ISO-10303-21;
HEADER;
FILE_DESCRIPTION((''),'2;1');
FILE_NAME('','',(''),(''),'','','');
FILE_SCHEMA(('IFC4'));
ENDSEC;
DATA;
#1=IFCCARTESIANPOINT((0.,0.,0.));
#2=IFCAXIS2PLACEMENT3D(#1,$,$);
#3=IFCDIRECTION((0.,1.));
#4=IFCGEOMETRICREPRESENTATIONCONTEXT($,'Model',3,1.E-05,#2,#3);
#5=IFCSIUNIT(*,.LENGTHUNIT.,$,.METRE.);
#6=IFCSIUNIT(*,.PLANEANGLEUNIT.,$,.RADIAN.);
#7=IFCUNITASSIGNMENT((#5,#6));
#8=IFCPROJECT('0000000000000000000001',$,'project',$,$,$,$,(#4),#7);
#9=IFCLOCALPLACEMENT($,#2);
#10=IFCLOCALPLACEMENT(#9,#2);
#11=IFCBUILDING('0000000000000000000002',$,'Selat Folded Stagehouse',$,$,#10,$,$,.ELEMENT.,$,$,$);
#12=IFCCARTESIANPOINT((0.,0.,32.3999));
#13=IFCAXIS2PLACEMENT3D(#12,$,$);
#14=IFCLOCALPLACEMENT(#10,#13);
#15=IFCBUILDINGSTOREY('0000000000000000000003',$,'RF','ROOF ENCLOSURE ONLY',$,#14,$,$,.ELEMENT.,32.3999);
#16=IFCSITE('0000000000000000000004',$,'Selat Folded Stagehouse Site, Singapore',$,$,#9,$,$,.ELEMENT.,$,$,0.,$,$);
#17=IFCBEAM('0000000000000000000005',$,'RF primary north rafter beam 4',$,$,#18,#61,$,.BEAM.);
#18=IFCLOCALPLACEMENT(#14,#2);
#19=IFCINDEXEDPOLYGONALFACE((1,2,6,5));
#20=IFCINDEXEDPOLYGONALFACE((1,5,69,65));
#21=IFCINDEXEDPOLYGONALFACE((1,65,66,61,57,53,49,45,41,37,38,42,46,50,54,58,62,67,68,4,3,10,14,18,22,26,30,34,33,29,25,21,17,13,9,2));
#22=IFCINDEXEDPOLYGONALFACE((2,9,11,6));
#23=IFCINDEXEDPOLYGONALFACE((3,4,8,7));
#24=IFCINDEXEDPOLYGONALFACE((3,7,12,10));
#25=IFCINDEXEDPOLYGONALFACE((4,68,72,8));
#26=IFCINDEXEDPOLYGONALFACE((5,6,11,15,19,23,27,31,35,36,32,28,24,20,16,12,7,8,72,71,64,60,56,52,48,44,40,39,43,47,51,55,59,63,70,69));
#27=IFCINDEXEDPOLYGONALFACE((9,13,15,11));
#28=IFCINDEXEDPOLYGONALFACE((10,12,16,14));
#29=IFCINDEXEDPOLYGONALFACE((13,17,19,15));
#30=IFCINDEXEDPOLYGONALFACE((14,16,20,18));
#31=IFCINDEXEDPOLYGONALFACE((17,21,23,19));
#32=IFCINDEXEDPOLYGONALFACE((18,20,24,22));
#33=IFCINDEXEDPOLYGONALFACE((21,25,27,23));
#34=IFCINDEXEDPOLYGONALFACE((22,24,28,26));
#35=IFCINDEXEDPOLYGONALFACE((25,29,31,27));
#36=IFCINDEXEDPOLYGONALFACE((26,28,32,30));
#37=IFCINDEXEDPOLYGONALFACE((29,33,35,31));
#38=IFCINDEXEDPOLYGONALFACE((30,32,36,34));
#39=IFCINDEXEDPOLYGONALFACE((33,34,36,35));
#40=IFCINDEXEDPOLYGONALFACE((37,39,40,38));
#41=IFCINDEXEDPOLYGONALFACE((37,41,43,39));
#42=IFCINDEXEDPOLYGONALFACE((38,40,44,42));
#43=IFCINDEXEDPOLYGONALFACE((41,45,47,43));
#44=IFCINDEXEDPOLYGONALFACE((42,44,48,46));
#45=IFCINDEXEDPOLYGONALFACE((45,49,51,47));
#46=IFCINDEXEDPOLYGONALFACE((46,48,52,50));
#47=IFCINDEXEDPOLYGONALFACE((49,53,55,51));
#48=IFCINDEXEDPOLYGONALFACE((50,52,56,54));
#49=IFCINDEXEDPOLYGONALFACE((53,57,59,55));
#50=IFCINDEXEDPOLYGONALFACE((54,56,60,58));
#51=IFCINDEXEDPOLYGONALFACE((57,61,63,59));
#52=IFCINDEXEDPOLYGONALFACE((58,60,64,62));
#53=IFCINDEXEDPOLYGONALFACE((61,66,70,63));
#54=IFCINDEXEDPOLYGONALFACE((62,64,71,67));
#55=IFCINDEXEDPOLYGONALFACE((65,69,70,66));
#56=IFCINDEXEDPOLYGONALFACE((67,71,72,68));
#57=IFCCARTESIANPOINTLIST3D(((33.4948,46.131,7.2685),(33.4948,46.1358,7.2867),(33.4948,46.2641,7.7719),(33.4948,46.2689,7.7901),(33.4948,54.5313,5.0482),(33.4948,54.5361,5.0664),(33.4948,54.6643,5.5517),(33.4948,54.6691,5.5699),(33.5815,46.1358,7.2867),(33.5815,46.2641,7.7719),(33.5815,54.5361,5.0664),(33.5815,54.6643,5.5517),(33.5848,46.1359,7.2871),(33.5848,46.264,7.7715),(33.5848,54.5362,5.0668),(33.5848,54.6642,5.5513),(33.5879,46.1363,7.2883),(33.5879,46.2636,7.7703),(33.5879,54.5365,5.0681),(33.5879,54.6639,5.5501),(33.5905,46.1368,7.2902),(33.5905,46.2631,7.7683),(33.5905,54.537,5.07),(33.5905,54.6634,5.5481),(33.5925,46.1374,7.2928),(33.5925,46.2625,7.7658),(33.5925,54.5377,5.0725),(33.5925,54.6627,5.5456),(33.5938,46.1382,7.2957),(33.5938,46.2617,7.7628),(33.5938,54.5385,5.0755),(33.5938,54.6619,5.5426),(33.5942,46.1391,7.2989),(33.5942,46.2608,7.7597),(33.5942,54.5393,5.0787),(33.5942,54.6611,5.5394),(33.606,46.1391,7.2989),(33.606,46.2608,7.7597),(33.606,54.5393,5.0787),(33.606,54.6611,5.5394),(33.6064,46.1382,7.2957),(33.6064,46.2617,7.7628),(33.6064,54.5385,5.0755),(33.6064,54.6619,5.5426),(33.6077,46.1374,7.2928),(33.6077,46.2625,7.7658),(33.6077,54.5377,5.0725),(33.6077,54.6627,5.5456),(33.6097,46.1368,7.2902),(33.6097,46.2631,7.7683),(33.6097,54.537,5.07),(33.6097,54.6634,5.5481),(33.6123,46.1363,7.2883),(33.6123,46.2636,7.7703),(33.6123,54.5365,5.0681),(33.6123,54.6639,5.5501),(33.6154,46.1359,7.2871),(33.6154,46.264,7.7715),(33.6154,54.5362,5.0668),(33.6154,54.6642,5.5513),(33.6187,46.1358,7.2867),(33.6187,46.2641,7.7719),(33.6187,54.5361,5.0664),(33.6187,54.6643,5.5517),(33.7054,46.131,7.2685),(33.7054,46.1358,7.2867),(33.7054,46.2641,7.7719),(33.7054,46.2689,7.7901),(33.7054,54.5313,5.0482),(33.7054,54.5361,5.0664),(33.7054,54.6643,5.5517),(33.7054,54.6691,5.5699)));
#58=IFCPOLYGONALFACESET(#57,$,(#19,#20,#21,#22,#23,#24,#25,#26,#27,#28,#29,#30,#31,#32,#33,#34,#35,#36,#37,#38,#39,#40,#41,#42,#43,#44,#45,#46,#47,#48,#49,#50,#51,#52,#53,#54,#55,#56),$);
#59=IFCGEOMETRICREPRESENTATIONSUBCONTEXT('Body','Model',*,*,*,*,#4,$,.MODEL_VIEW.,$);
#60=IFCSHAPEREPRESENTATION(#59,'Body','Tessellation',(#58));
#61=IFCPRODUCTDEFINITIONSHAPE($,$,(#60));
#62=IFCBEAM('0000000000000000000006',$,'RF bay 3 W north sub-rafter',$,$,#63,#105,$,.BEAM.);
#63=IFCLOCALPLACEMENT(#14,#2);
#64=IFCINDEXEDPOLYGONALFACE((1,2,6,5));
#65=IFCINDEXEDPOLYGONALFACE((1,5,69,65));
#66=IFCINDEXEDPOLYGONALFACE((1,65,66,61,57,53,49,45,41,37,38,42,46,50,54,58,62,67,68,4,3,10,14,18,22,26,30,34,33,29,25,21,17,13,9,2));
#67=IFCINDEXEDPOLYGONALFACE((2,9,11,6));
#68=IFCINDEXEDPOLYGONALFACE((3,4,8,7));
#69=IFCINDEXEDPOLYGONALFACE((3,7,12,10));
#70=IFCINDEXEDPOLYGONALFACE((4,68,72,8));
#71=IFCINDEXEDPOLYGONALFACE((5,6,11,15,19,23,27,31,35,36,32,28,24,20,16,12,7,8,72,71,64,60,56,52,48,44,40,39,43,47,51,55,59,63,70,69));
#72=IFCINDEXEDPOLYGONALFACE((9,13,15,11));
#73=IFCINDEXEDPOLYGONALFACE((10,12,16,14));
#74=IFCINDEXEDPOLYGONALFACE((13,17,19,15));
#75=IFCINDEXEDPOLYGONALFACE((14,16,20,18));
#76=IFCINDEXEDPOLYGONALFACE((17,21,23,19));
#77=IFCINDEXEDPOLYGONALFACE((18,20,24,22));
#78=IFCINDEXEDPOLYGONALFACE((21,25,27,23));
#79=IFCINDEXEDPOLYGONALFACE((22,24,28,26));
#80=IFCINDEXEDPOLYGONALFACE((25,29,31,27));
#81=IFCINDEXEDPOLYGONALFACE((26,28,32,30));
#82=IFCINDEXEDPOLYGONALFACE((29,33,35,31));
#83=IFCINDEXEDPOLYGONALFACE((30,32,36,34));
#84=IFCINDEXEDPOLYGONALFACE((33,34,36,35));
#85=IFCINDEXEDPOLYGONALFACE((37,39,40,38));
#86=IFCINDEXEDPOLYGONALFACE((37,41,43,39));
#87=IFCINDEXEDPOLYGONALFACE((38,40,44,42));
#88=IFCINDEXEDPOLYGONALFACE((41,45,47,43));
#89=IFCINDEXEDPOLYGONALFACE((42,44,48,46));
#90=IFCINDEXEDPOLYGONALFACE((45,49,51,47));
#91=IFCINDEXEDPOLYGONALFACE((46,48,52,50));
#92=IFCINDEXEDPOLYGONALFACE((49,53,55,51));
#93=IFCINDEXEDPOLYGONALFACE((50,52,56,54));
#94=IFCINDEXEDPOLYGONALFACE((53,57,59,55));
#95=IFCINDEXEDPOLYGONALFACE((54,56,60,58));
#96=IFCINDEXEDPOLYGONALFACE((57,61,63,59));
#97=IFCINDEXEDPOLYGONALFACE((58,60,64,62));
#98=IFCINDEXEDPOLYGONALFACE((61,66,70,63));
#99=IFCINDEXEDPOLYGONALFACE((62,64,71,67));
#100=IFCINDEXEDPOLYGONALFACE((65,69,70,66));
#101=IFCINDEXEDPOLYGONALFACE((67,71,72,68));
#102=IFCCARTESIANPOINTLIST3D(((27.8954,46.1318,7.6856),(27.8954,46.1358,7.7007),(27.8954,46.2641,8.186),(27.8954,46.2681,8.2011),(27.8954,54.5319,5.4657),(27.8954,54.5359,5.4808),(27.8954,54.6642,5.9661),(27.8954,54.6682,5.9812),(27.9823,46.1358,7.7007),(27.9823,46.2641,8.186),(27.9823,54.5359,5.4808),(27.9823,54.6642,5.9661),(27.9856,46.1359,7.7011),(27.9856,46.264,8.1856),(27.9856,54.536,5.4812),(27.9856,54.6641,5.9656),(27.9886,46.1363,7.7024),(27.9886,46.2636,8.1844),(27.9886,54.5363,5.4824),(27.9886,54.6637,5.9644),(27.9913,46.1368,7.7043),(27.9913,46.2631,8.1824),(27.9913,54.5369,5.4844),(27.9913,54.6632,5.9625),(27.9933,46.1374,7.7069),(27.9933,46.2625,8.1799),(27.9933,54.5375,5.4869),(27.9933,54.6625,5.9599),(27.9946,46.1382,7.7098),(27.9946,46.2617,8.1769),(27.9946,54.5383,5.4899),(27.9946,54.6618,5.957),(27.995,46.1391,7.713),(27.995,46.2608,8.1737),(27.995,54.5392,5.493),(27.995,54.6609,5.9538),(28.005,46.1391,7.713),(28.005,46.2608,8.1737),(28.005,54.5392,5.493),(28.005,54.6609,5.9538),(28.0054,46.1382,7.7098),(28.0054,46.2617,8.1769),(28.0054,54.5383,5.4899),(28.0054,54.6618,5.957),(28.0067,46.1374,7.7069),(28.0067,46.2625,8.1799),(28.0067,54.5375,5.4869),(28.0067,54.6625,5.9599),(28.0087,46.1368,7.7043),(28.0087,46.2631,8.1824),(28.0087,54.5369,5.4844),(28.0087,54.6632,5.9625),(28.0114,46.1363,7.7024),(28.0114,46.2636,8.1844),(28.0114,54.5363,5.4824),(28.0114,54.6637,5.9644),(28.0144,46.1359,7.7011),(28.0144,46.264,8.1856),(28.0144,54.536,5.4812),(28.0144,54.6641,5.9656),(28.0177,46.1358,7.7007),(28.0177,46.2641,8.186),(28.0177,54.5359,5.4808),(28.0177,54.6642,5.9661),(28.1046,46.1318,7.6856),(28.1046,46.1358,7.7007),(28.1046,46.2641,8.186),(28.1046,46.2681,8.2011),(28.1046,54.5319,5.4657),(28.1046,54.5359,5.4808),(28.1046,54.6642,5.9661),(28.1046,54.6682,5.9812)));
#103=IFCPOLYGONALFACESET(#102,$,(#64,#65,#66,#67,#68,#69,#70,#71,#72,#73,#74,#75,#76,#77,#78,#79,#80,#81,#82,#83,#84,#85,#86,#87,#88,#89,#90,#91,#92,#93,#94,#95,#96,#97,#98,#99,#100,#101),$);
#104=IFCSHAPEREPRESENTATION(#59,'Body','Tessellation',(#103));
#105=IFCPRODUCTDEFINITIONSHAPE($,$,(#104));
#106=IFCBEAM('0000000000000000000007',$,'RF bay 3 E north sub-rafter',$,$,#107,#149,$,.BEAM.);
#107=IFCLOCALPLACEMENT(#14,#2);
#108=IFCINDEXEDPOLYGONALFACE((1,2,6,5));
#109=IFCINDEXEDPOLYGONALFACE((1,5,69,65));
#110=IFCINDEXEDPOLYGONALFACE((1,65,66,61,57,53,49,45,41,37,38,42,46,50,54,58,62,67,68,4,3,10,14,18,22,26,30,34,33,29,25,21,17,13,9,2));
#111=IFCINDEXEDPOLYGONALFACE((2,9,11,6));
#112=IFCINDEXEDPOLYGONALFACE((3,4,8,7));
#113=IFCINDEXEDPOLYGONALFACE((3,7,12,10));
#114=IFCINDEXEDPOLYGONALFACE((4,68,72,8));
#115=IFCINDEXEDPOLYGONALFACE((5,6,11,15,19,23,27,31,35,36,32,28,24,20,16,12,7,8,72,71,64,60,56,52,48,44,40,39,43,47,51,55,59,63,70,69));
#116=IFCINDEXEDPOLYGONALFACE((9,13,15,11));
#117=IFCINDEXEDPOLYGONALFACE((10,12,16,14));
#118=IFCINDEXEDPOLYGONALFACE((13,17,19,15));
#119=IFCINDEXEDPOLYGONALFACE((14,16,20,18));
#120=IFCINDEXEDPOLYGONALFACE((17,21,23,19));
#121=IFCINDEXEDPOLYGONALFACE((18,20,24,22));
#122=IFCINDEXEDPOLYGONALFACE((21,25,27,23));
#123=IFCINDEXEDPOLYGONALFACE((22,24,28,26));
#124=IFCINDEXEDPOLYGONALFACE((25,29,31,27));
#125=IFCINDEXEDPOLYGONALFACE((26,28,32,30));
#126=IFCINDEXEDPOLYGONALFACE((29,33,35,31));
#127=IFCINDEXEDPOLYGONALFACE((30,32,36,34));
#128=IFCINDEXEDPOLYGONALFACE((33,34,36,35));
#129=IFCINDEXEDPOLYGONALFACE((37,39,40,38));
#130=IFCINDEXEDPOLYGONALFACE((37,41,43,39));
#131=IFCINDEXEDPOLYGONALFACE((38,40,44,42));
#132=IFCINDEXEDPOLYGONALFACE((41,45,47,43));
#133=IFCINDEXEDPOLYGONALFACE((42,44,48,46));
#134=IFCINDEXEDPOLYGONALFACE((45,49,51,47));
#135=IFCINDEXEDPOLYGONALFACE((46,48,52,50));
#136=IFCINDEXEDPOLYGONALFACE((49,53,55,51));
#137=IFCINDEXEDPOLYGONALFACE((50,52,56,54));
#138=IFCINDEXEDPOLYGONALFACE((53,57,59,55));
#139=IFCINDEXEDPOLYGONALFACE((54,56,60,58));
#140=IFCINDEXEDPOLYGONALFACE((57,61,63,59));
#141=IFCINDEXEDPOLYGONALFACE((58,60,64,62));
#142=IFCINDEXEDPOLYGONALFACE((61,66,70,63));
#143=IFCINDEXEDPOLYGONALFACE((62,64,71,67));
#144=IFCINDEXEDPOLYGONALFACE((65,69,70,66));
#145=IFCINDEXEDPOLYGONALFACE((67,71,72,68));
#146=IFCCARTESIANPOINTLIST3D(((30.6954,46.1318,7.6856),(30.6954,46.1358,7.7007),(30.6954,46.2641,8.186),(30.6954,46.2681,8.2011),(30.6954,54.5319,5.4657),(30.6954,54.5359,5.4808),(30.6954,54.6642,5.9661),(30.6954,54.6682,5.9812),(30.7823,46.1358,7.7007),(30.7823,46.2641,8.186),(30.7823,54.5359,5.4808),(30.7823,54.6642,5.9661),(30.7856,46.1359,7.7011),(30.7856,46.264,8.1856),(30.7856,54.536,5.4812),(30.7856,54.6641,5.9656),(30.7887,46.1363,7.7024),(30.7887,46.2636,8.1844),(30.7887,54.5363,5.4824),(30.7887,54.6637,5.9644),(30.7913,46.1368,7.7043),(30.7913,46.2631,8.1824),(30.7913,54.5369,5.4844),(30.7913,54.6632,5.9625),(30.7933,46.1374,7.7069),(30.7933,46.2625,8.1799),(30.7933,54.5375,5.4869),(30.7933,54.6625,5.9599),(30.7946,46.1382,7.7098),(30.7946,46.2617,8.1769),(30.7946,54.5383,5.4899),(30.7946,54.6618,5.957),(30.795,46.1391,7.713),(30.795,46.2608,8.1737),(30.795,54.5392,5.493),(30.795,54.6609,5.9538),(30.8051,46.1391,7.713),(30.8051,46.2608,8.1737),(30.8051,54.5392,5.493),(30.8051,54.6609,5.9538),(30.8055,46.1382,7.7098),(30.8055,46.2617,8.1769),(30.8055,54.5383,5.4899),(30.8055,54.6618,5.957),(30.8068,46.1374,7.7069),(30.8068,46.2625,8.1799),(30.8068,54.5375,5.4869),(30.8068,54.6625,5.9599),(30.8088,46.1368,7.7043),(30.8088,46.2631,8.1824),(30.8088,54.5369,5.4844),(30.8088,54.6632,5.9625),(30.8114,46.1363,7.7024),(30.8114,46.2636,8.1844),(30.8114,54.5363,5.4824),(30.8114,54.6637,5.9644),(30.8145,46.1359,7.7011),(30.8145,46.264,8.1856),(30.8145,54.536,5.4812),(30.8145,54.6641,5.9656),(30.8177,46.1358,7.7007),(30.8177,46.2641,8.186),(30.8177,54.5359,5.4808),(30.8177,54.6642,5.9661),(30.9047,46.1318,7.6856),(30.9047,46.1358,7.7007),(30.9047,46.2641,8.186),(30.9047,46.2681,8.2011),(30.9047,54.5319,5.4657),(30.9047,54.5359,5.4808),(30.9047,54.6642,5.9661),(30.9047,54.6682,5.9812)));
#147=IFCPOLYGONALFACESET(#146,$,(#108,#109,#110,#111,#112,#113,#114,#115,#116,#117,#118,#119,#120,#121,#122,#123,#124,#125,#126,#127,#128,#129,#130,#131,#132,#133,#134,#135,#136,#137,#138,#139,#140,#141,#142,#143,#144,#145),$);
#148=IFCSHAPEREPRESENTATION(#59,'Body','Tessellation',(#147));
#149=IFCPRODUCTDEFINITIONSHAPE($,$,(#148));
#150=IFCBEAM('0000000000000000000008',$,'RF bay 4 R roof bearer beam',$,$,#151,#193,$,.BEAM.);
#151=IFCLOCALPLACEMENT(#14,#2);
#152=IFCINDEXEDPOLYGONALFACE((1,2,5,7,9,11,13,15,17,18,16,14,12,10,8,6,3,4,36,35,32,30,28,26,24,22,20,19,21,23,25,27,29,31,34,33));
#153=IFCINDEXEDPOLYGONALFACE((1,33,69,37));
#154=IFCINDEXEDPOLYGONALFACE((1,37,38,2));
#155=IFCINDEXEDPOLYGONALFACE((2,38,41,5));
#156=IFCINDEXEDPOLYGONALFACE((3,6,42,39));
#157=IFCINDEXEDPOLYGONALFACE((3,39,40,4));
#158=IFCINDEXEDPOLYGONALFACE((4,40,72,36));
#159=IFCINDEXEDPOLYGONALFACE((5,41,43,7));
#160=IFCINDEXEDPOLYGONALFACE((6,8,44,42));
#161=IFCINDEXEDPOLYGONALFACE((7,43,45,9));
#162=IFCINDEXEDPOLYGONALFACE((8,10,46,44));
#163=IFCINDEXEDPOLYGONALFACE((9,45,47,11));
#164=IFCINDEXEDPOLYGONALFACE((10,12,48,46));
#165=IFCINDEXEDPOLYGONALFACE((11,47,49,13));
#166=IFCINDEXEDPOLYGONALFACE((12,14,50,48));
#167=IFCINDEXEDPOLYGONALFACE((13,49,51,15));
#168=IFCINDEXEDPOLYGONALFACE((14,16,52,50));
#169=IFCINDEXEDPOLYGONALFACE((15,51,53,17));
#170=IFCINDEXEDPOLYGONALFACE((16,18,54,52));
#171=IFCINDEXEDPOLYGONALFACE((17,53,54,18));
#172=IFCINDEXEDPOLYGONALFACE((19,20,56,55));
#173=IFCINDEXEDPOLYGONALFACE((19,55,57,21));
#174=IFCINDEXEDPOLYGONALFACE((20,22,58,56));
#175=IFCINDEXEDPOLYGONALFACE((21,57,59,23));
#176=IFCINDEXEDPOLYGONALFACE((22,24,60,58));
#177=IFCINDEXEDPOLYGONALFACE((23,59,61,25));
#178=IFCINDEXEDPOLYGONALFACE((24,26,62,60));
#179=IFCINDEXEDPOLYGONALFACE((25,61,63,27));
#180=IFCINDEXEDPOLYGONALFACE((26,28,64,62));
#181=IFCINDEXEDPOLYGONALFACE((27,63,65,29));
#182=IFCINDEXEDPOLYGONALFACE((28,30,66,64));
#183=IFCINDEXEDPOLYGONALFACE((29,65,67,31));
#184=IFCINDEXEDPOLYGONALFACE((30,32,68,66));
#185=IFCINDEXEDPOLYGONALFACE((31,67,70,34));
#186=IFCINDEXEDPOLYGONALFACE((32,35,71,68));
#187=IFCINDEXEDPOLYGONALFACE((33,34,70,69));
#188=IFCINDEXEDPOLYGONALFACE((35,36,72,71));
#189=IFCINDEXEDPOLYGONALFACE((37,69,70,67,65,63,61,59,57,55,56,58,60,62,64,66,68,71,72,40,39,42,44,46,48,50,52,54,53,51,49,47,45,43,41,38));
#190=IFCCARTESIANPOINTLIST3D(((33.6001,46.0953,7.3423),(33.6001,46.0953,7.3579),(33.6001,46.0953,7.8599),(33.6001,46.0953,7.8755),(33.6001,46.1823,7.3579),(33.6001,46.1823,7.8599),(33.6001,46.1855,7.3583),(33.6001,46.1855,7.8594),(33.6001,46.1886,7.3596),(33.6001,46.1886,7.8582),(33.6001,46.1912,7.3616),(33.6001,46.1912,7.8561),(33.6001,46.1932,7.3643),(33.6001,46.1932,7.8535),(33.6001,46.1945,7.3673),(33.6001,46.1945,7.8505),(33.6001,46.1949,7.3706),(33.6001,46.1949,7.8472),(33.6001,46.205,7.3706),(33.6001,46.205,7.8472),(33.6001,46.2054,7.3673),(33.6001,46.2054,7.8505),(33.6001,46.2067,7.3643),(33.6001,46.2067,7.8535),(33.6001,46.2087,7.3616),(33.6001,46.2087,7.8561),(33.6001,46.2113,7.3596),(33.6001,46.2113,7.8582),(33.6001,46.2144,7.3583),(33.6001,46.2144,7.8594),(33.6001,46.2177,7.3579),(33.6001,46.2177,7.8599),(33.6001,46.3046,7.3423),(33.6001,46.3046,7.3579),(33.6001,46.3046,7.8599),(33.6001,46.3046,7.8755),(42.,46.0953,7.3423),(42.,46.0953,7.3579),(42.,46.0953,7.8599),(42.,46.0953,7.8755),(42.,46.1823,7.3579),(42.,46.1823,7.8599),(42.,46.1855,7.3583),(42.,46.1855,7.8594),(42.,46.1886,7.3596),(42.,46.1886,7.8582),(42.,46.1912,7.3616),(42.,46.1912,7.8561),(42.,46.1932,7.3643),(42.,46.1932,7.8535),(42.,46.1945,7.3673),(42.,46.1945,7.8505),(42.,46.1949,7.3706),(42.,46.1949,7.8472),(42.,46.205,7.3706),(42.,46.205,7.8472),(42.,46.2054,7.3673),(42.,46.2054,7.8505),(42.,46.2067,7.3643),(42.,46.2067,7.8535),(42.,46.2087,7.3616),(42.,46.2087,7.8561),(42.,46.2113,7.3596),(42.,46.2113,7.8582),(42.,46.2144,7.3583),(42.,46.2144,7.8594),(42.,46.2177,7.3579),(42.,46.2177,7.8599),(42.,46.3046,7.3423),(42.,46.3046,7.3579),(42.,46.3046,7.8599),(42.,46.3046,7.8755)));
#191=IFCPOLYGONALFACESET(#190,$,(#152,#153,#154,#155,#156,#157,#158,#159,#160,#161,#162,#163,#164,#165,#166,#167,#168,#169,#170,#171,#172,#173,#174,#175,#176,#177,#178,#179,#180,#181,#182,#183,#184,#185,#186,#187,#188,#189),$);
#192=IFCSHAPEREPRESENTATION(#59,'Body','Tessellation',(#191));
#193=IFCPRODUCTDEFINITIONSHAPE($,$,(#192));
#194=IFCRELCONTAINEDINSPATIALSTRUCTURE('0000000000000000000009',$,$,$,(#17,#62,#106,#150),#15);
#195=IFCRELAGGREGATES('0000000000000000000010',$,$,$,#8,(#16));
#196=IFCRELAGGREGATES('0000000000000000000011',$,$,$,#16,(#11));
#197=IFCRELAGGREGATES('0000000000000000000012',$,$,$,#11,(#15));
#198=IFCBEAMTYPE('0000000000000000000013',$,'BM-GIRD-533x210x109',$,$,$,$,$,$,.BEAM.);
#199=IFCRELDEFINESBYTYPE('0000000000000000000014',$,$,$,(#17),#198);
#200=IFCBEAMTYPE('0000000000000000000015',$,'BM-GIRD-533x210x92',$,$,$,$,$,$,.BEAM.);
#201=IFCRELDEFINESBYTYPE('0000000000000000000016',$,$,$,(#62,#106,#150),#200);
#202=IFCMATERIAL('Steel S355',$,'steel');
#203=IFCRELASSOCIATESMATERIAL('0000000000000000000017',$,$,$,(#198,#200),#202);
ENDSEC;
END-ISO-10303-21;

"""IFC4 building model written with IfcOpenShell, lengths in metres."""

from ifc_helpers import new_model, si_unit, direction, frame, origin, origin_2d, place, context, subcontext, project, spatial, i_section, extrude, material, material_profile, profile_set, type_object, element, save


model = new_model("IFC4")

# Units and contexts
model_context = context("Model", 3, precision=1e-05, world=origin(), true_north=direction((0.0, 1.0)))
body_context = subcontext(model_context, "Body", "Model", "MODEL_VIEW")
ifc_project = project(units=[si_unit("LENGTHUNIT", "METRE"), si_unit("PLANEANGLEUNIT", "RADIAN")], contexts=[model_context])

# Site, building, storey
site_placement = place(None, origin())
site = spatial("IfcSite", under=ifc_project, at=site_placement, Name="Selat Folded Stagehouse Site, Singapore", CompositionType="ELEMENT", RefElevation=0.0)
building_placement = place(site_placement, origin())
building = spatial("IfcBuilding", under=site, at=building_placement, Name="Selat Folded Stagehouse", CompositionType="ELEMENT")
storey_placement = place(building_placement, frame((0.0, 0.0, 32.3999)))
storey = spatial("IfcBuildingStorey", under=building, at=storey_placement, Name="RF", Description="ROOF ENCLOSURE ONLY", CompositionType="ELEMENT", Elevation=32.3999)

# Beams
ifc_material_1 = material(Name="Steel S355", Category="steel")
ifc_material_profile_1 = material_profile(ifc_material_1, i_section(OverallWidth=0.2107, OverallDepth=0.5396, WebThickness=0.0117, FlangeThickness=0.0188, FilletRadius=0.0127, at=origin_2d()), Name="UKB 533x210x109")
ifc_profile_set_1 = profile_set([ifc_material_profile_1], Name="Steel S355")
beam_type_1 = type_object("IfcBeamType", Name="BM-GIRD-533x210x109", PredefinedType="BEAM", material=ifc_profile_set_1)
beam_1_placement = place(storey_placement, frame((33.6001, 46.2, 7.5293), z_axis=(0.0, 0.966801, -0.255532), x_axis=(-1.0, 0.0, 0.0)))
element("IfcBeam", 1, at=beam_1_placement, inside=storey, type_object=beam_type_1, Name="RF primary north rafter beam 4", PredefinedType="BEAM", context=body_context, shape_type="SweptSolid", body=[
    extrude(i_section(OverallWidth=0.2107, OverallDepth=0.5396, WebThickness=0.0117, FlangeThickness=0.0188, FilletRadius=0.0127, at=origin_2d()), origin(), (0.0, 0.0, 1.0), 8.6887),
])
ifc_material_profile_2 = material_profile(ifc_material_1, i_section(OverallWidth=0.2092, OverallDepth=0.5332, WebThickness=0.01, FlangeThickness=0.0156, FilletRadius=0.0127, at=origin_2d()), Name="UKB 533x210x92")
ifc_profile_set_2 = profile_set([ifc_material_profile_2], Name="Steel S355")
beam_type_2 = type_object("IfcBeamType", Name="BM-GIRD-533x210x92", PredefinedType="BEAM", material=ifc_profile_set_2)
for number, where, z_axis, x_axis, name in (
    (2, (28.0, 46.2, 7.9434), (0.0, 0.966808, -0.255506), (-1.0, 0.0, 0.0), "RF bay 3 W north sub-rafter"),
    (3, (30.8, 46.2, 7.9434), (0.0, 0.966808, -0.255506), (-1.0, 0.0, 0.0), "RF bay 3 E north sub-rafter"),
):
    element("IfcBeam", number, at=place(storey_placement, frame(where, z_axis=z_axis, x_axis=x_axis)), inside=storey, type_object=beam_type_2, Name=name, PredefinedType="BEAM", context=body_context, shape_type="SweptSolid", body=[
        extrude(i_section(OverallWidth=0.2092, OverallDepth=0.5332, WebThickness=0.01, FlangeThickness=0.0156, FilletRadius=0.0127, at=origin_2d()), origin(), (0.0, 0.0, 1.0), 8.6885),
    ])
beam_2_placement = place(storey_placement, frame((33.6001, 46.2, 7.6089), z_axis=(1.0, 0.0, 0.0), x_axis=(0.0, 1.0, 0.0)))
element("IfcBeam", 4, at=beam_2_placement, inside=storey, type_object=beam_type_2, Name="RF bay 4 R roof bearer beam", PredefinedType="BEAM", context=body_context, shape_type="SweptSolid", body=[
    extrude(i_section(OverallWidth=0.2092, OverallDepth=0.5332, WebThickness=0.01, FlangeThickness=0.0156, FilletRadius=0.0127, at=origin_2d()), origin(), (0.0, 0.0, 1.0), 8.3999),
])

save(model, "model.ifc")
